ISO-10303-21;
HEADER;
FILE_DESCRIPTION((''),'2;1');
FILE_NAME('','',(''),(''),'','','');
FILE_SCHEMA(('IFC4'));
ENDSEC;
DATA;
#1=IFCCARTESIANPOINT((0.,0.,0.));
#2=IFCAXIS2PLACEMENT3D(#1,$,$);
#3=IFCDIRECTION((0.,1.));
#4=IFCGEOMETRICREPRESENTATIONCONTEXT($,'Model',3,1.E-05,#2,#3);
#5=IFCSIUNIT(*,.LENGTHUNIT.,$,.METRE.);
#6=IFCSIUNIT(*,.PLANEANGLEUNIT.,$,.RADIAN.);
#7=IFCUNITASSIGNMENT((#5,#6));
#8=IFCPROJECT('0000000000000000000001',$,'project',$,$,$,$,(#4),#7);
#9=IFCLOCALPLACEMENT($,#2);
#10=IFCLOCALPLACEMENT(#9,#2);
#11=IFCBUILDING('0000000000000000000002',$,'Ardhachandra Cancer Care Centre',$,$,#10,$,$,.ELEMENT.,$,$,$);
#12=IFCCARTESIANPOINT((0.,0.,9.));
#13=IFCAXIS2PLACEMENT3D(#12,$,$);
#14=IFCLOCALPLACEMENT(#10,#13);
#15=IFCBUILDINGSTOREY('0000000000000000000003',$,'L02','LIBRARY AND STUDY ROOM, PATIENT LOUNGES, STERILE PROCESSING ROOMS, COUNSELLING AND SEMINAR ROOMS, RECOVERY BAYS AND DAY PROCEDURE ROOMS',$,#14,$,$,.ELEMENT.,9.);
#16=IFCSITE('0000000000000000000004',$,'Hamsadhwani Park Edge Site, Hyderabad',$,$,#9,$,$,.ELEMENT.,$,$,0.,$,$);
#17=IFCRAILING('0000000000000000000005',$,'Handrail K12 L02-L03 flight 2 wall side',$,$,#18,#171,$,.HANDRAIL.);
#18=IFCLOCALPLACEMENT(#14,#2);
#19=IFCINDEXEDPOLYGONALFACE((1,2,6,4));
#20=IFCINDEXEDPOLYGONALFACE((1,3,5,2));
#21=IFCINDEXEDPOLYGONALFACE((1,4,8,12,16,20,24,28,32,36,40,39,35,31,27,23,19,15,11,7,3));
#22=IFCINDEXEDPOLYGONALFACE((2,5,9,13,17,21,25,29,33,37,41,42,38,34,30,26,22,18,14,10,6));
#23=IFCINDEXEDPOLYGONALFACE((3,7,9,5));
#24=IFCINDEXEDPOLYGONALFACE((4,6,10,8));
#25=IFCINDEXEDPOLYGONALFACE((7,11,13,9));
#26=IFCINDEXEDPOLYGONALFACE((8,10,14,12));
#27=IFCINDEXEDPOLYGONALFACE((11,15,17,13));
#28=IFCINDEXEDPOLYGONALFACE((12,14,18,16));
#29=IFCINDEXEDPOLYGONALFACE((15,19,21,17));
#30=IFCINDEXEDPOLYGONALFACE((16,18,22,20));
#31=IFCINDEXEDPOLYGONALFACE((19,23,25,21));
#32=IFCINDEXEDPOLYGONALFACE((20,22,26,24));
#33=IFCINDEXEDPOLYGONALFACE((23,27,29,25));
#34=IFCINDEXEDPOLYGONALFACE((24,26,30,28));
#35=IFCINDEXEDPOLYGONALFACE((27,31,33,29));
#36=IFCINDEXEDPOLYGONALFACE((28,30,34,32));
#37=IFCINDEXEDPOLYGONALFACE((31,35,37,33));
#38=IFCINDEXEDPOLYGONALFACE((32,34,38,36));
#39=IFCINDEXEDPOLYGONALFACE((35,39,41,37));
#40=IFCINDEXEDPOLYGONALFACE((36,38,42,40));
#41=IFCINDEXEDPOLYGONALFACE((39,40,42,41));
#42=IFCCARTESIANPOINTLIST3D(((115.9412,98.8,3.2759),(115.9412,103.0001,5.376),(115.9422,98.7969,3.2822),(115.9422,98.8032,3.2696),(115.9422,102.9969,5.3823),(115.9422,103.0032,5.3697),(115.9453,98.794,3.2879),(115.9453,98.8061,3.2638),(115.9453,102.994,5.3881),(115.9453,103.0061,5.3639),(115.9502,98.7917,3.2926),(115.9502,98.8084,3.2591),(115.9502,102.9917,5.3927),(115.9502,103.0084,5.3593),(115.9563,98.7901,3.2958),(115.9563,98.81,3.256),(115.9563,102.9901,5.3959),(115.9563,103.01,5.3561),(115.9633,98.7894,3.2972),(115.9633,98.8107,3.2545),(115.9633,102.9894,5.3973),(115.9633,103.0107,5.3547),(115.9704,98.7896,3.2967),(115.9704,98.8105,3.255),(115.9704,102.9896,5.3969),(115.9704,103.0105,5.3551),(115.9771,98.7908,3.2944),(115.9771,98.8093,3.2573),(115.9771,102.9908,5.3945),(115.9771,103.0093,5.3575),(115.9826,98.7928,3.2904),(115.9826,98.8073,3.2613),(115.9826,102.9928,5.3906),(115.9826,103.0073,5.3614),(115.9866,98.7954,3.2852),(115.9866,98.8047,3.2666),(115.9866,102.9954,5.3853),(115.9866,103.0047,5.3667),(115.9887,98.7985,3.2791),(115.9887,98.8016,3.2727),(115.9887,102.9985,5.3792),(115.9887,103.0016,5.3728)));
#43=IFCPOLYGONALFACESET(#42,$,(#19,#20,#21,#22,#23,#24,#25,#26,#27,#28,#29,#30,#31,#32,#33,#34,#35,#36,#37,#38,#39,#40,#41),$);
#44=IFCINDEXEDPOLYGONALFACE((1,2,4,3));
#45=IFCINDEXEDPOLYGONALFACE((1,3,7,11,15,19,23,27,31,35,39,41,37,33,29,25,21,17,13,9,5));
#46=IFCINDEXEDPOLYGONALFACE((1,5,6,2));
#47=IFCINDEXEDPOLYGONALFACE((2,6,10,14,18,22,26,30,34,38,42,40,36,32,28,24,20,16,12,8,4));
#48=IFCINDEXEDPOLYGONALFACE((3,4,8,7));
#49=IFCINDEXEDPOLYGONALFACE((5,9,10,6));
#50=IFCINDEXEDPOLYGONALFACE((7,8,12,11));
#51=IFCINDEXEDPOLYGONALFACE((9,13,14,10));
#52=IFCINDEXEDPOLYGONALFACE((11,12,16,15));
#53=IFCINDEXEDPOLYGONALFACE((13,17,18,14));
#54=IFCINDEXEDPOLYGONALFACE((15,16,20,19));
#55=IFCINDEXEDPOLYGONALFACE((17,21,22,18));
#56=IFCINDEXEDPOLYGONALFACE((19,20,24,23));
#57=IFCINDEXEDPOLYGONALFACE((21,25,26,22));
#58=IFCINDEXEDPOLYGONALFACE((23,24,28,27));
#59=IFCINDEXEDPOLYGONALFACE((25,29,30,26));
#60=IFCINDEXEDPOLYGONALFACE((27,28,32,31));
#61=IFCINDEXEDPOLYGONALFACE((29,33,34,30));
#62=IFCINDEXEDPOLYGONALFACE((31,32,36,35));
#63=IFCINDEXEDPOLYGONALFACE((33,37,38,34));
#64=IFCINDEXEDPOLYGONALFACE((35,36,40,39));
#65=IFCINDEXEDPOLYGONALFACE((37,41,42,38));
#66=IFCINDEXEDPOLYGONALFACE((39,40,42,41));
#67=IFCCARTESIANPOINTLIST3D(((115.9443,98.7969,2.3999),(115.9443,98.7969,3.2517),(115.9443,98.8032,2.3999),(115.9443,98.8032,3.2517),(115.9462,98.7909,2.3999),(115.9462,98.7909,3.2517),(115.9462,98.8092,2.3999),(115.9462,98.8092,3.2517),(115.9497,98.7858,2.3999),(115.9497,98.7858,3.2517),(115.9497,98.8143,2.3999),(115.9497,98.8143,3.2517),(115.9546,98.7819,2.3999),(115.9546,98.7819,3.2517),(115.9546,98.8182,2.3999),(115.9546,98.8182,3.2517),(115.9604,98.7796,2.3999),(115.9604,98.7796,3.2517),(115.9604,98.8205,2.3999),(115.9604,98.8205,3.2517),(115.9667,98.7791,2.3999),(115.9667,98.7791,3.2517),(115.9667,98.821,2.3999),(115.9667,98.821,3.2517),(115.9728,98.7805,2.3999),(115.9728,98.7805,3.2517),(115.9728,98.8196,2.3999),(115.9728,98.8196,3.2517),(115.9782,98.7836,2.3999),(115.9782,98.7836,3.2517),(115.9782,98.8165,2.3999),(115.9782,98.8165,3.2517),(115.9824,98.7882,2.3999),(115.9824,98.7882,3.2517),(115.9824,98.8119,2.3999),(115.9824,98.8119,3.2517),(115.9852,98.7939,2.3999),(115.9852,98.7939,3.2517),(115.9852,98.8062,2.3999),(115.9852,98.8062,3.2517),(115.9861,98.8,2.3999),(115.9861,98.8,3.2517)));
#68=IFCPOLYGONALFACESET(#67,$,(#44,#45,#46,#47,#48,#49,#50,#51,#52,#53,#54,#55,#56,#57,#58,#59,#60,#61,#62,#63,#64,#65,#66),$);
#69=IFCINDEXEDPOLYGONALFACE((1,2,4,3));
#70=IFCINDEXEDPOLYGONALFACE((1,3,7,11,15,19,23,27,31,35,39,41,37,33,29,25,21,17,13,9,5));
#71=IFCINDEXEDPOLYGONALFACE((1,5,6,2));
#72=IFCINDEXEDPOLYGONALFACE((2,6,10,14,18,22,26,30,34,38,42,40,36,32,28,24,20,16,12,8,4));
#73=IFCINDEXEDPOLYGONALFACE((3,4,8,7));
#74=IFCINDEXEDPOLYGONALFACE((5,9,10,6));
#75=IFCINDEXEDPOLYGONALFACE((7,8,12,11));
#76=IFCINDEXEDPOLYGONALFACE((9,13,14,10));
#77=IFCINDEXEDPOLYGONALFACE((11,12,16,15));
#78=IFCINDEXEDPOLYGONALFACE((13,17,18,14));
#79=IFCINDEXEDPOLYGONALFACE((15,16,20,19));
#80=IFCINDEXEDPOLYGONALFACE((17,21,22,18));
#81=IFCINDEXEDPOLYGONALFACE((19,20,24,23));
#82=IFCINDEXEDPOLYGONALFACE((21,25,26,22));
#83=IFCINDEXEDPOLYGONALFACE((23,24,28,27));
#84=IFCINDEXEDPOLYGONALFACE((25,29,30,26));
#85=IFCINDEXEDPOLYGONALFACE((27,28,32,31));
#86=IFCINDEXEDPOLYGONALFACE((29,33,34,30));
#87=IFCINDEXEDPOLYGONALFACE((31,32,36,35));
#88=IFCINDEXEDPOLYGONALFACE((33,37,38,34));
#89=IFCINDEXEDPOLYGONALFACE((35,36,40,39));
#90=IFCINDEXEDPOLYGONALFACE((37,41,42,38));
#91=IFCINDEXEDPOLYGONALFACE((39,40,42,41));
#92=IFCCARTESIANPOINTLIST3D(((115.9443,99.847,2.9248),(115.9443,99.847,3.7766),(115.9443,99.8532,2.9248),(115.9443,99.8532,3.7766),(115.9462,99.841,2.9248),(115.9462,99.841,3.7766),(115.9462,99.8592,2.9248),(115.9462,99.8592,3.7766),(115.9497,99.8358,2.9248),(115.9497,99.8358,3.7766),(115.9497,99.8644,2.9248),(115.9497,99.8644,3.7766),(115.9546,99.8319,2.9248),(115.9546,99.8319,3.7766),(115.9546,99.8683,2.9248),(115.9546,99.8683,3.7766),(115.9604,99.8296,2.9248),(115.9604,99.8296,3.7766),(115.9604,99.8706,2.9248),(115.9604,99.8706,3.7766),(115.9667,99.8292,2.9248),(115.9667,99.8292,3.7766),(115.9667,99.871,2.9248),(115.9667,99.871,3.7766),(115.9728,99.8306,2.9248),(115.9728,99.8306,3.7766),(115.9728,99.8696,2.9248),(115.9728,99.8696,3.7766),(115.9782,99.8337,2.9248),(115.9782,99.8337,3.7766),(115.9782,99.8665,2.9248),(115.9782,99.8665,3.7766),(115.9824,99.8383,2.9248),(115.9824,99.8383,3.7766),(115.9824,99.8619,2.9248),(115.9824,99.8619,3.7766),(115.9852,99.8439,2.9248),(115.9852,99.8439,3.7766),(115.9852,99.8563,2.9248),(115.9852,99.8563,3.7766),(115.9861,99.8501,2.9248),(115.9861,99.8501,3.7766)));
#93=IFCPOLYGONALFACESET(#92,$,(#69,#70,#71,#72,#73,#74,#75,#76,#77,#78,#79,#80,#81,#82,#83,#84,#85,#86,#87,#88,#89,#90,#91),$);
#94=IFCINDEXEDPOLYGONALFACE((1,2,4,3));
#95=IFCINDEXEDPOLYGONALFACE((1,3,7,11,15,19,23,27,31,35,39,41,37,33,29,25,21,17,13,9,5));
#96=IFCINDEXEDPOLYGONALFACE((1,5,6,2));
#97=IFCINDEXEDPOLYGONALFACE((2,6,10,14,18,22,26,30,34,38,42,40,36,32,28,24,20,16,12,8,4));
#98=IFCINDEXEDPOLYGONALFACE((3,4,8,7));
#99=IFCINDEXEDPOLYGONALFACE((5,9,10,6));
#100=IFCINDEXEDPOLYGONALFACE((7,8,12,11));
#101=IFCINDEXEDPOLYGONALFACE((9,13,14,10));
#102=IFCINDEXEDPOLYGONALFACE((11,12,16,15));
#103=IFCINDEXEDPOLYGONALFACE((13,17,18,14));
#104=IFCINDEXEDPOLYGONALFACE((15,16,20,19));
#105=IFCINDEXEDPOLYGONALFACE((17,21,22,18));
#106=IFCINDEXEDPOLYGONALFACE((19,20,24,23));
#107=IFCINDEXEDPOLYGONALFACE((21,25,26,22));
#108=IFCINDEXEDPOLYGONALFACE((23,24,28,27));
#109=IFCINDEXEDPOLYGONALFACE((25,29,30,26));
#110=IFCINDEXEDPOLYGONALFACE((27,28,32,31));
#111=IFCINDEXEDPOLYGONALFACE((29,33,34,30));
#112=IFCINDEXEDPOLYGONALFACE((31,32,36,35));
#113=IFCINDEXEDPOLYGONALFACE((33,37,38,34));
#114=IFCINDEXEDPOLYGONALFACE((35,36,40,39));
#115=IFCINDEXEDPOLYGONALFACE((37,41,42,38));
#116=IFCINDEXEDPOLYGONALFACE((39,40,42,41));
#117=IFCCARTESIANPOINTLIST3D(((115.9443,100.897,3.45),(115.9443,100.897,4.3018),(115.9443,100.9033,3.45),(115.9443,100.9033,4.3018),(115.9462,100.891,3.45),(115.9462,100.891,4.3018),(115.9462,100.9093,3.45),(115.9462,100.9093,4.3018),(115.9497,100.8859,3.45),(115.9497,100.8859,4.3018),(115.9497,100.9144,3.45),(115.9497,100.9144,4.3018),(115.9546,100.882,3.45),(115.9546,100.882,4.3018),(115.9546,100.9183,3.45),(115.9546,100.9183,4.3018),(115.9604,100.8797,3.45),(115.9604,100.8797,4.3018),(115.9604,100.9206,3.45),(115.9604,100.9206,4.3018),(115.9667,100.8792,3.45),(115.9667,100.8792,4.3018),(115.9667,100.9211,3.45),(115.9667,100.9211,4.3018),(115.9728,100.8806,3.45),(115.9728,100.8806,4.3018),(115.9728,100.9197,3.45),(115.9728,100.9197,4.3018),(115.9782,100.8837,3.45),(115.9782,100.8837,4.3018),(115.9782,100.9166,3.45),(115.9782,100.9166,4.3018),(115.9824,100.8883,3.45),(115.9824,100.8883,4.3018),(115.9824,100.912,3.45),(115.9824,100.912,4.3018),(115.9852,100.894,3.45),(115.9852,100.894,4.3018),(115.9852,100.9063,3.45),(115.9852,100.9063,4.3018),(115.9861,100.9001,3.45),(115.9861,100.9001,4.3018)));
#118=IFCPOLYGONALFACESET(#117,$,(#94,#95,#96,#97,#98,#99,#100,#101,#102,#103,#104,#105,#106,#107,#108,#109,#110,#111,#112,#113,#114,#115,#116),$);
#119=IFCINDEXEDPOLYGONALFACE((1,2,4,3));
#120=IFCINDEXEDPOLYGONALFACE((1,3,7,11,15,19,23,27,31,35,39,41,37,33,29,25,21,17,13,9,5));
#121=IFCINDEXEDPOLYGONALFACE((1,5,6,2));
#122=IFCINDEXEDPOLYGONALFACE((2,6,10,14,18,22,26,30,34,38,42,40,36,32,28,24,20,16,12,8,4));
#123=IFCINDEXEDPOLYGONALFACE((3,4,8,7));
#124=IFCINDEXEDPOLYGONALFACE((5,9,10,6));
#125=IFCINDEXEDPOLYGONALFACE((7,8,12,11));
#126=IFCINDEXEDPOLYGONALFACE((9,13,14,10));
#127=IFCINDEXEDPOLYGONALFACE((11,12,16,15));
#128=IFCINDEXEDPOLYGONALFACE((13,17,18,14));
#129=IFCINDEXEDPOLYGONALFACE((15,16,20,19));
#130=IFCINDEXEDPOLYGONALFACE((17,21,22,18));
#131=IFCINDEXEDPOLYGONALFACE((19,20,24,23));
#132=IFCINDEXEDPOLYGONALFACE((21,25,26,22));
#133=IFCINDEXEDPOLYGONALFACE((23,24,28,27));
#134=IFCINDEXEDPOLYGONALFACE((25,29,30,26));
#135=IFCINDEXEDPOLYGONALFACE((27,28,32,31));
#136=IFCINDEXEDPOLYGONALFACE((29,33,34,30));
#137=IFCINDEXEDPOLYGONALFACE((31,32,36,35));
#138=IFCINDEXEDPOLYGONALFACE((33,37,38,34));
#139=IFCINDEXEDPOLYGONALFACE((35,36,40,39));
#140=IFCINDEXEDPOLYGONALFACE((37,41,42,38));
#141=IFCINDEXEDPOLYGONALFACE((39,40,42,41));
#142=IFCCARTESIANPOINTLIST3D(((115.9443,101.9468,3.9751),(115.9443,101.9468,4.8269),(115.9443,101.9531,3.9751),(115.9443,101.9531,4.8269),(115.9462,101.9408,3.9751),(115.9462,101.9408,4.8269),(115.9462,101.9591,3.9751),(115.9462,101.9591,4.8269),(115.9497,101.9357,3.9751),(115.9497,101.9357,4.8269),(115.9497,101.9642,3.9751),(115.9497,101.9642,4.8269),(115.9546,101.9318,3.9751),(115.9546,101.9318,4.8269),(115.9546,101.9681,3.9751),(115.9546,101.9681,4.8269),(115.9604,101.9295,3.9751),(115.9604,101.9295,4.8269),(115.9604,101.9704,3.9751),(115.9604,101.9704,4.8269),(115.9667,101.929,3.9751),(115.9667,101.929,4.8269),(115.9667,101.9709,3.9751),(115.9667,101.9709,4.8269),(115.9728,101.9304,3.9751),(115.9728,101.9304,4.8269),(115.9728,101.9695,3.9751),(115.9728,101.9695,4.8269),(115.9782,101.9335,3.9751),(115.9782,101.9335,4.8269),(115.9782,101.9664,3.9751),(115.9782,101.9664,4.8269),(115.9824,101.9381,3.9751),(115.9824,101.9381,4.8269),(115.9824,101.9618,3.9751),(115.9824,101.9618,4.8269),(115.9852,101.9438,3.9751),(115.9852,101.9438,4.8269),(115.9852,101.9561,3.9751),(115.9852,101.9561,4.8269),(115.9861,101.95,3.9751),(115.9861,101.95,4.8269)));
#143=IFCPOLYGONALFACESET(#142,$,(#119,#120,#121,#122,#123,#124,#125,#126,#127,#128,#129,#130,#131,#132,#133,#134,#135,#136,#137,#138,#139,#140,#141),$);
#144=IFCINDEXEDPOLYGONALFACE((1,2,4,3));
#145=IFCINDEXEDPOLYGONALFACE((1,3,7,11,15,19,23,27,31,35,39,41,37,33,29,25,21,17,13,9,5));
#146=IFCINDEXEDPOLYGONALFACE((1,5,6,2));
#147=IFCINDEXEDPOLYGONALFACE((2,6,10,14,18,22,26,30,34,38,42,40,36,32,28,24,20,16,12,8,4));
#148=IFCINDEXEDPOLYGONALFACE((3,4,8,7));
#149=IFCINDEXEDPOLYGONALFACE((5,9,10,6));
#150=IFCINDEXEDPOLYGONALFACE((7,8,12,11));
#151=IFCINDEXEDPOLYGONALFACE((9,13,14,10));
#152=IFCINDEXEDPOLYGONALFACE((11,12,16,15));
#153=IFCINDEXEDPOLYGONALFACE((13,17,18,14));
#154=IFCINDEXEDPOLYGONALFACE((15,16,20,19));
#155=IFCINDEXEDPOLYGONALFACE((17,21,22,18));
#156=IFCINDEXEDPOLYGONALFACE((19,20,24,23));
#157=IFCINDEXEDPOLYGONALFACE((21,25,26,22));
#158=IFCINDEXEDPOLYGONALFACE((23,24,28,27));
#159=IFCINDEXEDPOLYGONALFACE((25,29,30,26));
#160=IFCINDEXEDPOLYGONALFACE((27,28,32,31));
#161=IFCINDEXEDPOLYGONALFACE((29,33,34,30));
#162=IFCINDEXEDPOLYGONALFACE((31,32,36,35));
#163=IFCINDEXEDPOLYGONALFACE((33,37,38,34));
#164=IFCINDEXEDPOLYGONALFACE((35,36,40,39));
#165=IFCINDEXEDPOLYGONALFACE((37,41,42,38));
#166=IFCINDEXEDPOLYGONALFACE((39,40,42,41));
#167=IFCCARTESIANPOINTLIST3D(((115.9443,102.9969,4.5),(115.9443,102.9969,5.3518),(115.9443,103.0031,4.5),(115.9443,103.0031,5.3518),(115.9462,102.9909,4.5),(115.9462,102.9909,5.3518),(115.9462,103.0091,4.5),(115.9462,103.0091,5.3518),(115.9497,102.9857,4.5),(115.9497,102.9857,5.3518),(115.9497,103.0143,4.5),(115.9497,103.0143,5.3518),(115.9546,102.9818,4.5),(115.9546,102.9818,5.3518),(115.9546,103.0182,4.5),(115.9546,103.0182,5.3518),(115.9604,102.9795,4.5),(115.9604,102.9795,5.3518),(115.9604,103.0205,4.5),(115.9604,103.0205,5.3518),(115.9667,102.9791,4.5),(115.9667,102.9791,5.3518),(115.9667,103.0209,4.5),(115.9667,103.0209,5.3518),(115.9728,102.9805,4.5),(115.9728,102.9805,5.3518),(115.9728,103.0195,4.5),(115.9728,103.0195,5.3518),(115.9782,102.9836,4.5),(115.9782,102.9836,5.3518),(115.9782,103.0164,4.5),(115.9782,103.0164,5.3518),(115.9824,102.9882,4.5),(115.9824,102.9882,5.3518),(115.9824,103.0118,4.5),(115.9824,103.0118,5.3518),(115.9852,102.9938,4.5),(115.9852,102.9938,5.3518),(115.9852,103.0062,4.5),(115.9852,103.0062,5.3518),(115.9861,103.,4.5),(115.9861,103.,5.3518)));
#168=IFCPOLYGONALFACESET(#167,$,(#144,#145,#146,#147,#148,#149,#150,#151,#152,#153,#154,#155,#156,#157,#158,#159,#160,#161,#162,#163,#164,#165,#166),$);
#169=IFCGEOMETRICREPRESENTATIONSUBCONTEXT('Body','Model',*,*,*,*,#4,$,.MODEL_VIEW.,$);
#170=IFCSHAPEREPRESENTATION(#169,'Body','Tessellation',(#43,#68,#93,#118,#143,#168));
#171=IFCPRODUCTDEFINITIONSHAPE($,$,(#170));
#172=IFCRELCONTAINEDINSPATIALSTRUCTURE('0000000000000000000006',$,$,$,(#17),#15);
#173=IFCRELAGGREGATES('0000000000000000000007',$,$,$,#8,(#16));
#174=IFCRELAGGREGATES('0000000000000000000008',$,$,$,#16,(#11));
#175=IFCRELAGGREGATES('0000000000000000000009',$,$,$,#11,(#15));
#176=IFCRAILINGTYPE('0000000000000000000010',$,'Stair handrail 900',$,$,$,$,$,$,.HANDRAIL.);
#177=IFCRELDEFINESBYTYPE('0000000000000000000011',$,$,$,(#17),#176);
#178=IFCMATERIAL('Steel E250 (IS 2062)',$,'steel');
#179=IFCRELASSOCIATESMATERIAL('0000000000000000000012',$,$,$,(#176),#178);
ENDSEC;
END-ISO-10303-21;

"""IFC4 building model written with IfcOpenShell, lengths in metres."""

from ifc_helpers import new_model, si_unit, direction, frame, origin, origin_2d, place, context, subcontext, project, spatial, circle, extrude, material, type_object, element, save


model = new_model("IFC4")

# Units and contexts
model_context = context("Model", 3, precision=1e-05, world=origin(), true_north=direction((0.0, 1.0)))
body_context = subcontext(model_context, "Body", "Model", "MODEL_VIEW")
ifc_project = project(units=[si_unit("LENGTHUNIT", "METRE"), si_unit("PLANEANGLEUNIT", "RADIAN")], contexts=[model_context])

# Site, building, storey
site_placement = place(None, origin())
site = spatial("IfcSite", under=ifc_project, at=site_placement, Name="Hamsadhwani Park Edge Site, Hyderabad", CompositionType="ELEMENT", RefElevation=0.0)
building_placement = place(site_placement, origin())
building = spatial("IfcBuilding", under=site, at=building_placement, Name="Ardhachandra Cancer Care Centre", CompositionType="ELEMENT")
storey_placement = place(building_placement, frame((0.0, 0.0, 9.0)))
storey = spatial("IfcBuildingStorey", under=building, at=storey_placement, Name="L02", Description="LIBRARY AND STUDY ROOM, PATIENT LOUNGES, STERILE PROCESSING ROOMS, COUNSELLING AND SEMINAR ROOMS, RECOVERY BAYS AND DAY PROCEDURE ROOMS", CompositionType="ELEMENT", Elevation=9.0)

# Railing
ifc_material_1 = material(Name="Steel E250 (IS 2062)", Category="steel")
railing_type = type_object("IfcRailingType", Name="Stair handrail 900", PredefinedType="HANDRAIL", material=ifc_material_1)
railing_placement = place(storey_placement, frame((115.9651, 98.8, 2.3999)))
element("IfcRailing", 1, at=railing_placement, inside=storey, type_object=railing_type, Name="Handrail K12 L02-L03 flight 2 wall side", PredefinedType="HANDRAIL", context=body_context, shape_type="SweptSolid", body=[
    extrude(circle(Radius=0.0239, at=origin_2d()), frame((0.0, 0.0, 0.876), z_axis=(0.0, 0.894417, 0.447234), x_axis=(-1.0, 0.0, 0.0)), (0.0, 0.0, 1.0), 4.6958),
    extrude(circle(Radius=0.021, at=origin_2d()), origin(), (0.0, 0.0, 1.0), 0.8518),
    extrude(circle(Radius=0.021, at=origin_2d()), frame((0.0, 1.05, 0.5249)), (0.0, 0.0, 1.0), 0.8518),
    extrude(circle(Radius=0.021, at=origin_2d()), frame((0.0, 2.1001, 1.05)), (0.0, 0.0, 1.0), 0.8518),
    extrude(circle(Radius=0.021, at=origin_2d()), frame((0.0, 3.1499, 1.5752)), (0.0, 0.0, 1.0), 0.8518),
    extrude(circle(Radius=0.021, at=origin_2d()), frame((0.0, 4.2, 2.1001)), (0.0, 0.0, 1.0), 0.8518),
])

save(model, "model.ifc")
